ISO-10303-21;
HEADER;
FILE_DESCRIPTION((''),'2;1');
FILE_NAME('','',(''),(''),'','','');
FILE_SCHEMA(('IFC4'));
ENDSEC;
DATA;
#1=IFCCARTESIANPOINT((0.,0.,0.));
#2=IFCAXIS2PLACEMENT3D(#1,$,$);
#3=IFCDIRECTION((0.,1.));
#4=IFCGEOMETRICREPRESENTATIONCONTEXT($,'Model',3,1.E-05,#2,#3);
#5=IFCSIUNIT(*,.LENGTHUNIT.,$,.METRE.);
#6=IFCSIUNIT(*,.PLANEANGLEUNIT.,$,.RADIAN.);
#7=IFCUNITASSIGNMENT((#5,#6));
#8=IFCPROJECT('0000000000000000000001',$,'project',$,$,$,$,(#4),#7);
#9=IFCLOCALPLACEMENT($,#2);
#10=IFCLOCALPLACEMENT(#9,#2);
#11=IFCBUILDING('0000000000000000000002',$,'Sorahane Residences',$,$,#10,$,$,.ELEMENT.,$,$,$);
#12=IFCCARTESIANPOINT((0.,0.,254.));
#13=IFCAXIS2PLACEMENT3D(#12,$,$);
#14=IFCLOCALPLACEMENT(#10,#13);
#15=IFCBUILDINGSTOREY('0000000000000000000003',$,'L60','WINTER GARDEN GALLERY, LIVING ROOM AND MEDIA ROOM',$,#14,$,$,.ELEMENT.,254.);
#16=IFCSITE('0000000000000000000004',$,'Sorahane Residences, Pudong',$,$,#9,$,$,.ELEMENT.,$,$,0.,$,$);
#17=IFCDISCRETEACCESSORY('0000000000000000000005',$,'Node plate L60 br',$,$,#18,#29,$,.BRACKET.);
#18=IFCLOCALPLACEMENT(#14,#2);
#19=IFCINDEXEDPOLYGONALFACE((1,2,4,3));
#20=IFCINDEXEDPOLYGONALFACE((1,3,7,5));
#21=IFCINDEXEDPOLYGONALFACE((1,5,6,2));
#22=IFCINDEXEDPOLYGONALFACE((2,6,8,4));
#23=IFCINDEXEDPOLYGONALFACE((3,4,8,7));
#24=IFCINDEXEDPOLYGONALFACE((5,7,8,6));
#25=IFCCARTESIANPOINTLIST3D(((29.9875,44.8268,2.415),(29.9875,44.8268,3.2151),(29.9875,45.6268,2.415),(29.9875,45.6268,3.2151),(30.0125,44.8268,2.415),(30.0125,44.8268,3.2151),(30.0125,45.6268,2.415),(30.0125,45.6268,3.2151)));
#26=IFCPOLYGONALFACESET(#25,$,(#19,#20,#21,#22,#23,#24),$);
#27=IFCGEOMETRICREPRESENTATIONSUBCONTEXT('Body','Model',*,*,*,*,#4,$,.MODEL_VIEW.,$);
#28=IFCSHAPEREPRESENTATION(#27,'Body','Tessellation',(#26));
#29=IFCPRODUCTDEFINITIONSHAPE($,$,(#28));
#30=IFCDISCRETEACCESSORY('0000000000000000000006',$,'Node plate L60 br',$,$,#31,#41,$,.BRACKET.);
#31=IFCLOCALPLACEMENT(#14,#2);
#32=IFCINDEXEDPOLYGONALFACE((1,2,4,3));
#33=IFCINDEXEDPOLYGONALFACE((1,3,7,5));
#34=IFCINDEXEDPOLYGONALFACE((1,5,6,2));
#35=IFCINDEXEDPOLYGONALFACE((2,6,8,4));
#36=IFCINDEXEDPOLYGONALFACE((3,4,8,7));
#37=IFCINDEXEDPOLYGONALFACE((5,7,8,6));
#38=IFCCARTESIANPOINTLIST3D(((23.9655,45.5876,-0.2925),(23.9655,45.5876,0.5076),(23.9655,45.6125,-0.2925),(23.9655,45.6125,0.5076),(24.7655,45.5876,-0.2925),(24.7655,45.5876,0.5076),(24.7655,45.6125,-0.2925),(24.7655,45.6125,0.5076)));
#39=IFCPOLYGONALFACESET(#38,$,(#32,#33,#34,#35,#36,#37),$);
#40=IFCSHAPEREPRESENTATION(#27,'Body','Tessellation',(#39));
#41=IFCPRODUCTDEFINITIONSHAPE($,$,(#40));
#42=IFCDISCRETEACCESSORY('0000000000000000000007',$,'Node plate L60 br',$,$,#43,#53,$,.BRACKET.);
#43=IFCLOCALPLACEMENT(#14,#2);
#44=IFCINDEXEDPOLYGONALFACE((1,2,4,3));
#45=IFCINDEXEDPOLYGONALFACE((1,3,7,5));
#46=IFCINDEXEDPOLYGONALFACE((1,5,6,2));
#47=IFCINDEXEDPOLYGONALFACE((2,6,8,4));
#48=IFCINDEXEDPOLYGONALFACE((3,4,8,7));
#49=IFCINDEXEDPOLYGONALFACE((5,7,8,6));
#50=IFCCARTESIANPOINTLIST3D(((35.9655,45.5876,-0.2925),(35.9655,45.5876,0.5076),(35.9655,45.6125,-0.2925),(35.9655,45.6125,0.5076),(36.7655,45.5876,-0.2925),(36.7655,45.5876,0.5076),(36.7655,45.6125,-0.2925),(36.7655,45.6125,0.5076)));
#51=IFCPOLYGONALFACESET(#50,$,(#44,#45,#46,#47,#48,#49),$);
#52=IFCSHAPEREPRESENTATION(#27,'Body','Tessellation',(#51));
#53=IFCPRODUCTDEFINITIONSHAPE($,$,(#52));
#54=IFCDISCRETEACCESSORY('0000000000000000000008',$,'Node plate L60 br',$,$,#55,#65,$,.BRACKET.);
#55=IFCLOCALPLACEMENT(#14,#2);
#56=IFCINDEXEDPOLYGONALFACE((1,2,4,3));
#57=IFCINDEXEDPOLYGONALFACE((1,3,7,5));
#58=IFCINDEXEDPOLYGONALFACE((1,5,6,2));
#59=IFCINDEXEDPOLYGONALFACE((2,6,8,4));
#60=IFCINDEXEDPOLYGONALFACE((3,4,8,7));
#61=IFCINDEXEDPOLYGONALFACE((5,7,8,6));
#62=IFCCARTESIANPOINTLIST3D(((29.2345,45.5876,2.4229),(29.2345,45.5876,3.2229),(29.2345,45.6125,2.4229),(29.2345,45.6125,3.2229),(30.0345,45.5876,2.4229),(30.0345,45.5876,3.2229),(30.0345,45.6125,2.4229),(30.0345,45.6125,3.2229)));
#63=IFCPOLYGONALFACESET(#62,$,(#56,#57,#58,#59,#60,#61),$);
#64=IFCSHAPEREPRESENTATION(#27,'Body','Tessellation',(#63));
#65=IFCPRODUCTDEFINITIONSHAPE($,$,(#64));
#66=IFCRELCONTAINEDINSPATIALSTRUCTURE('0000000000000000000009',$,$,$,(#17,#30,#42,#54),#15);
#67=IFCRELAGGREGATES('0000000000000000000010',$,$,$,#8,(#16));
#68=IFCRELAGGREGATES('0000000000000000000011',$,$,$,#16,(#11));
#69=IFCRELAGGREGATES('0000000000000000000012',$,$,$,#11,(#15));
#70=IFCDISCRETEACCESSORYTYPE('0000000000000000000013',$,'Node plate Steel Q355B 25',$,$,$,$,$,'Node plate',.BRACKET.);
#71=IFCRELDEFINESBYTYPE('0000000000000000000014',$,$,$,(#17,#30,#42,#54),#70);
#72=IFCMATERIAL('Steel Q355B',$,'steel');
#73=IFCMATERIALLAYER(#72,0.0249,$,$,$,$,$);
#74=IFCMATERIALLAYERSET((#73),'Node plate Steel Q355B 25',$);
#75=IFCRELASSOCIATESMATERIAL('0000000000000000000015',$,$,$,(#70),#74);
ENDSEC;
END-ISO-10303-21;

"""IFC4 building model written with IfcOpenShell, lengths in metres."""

from ifc_helpers import new_model, si_unit, direction, frame, origin, origin_2d, place, context, subcontext, project, spatial, rectangle, extrude, material, layer, layer_set, type_object, element, save


model = new_model("IFC4")

# Units and contexts
model_context = context("Model", 3, precision=1e-05, world=origin(), true_north=direction((0.0, 1.0)))
body_context = subcontext(model_context, "Body", "Model", "MODEL_VIEW")
ifc_project = project(units=[si_unit("LENGTHUNIT", "METRE"), si_unit("PLANEANGLEUNIT", "RADIAN")], contexts=[model_context])

# Site, building, storey
site_placement = place(None, origin())
site = spatial("IfcSite", under=ifc_project, at=site_placement, Name="Sorahane Residences, Pudong", CompositionType="ELEMENT", RefElevation=0.0)
building_placement = place(site_placement, origin())
building = spatial("IfcBuilding", under=site, at=building_placement, Name="Sorahane Residences", CompositionType="ELEMENT")
storey_placement = place(building_placement, frame((0.0, 0.0, 254.0)))
storey = spatial("IfcBuildingStorey", under=building, at=storey_placement, Name="L60", Description="WINTER GARDEN GALLERY, LIVING ROOM AND MEDIA ROOM", CompositionType="ELEMENT", Elevation=254.0)

# Discrete accessories
ifc_material_1 = material(Name="Steel Q355B", Category="steel")
ifc_layer_1 = layer(ifc_material_1, 0.0249)
ifc_layer_set_1 = layer_set([ifc_layer_1], Name="Node plate Steel Q355B 25")
discrete_accessory_type = type_object("IfcDiscreteAccessoryType", Name="Node plate Steel Q355B 25", ElementType="Node plate", PredefinedType="BRACKET", material=ifc_layer_set_1)
for number, where, z_axis, x_axis, name in (
    (1, (30.0, 45.2268, 2.415), (0.0, 0.0, 1.0), (0.0, 1.0, 0.0), "Node plate L60 br"),
    (2, (24.3655, 45.6001, -0.2925), (0.0, 0.0, 1.0), (1.0, 0.0, 0.0), "Node plate L60 br"),
    (3, (36.3655, 45.6001, -0.2925), (0.0, 0.0, 1.0), (1.0, 0.0, 0.0), "Node plate L60 br"),
    (4, (29.6345, 45.6001, 2.4229), (0.0, 0.0, 1.0), (1.0, 0.0, 0.0), "Node plate L60 br"),
):
    element("IfcDiscreteAccessory", number, at=place(storey_placement, frame(where, z_axis=z_axis, x_axis=x_axis)), inside=storey, type_object=discrete_accessory_type, Name=name, PredefinedType="BRACKET", context=body_context, shape_type="SweptSolid", body=[
        extrude(rectangle(XDim=0.8, YDim=0.0249, at=origin_2d()), origin(), (0.0, 0.0, 1.0), 0.8),
    ])

save(model, "model.ifc")
